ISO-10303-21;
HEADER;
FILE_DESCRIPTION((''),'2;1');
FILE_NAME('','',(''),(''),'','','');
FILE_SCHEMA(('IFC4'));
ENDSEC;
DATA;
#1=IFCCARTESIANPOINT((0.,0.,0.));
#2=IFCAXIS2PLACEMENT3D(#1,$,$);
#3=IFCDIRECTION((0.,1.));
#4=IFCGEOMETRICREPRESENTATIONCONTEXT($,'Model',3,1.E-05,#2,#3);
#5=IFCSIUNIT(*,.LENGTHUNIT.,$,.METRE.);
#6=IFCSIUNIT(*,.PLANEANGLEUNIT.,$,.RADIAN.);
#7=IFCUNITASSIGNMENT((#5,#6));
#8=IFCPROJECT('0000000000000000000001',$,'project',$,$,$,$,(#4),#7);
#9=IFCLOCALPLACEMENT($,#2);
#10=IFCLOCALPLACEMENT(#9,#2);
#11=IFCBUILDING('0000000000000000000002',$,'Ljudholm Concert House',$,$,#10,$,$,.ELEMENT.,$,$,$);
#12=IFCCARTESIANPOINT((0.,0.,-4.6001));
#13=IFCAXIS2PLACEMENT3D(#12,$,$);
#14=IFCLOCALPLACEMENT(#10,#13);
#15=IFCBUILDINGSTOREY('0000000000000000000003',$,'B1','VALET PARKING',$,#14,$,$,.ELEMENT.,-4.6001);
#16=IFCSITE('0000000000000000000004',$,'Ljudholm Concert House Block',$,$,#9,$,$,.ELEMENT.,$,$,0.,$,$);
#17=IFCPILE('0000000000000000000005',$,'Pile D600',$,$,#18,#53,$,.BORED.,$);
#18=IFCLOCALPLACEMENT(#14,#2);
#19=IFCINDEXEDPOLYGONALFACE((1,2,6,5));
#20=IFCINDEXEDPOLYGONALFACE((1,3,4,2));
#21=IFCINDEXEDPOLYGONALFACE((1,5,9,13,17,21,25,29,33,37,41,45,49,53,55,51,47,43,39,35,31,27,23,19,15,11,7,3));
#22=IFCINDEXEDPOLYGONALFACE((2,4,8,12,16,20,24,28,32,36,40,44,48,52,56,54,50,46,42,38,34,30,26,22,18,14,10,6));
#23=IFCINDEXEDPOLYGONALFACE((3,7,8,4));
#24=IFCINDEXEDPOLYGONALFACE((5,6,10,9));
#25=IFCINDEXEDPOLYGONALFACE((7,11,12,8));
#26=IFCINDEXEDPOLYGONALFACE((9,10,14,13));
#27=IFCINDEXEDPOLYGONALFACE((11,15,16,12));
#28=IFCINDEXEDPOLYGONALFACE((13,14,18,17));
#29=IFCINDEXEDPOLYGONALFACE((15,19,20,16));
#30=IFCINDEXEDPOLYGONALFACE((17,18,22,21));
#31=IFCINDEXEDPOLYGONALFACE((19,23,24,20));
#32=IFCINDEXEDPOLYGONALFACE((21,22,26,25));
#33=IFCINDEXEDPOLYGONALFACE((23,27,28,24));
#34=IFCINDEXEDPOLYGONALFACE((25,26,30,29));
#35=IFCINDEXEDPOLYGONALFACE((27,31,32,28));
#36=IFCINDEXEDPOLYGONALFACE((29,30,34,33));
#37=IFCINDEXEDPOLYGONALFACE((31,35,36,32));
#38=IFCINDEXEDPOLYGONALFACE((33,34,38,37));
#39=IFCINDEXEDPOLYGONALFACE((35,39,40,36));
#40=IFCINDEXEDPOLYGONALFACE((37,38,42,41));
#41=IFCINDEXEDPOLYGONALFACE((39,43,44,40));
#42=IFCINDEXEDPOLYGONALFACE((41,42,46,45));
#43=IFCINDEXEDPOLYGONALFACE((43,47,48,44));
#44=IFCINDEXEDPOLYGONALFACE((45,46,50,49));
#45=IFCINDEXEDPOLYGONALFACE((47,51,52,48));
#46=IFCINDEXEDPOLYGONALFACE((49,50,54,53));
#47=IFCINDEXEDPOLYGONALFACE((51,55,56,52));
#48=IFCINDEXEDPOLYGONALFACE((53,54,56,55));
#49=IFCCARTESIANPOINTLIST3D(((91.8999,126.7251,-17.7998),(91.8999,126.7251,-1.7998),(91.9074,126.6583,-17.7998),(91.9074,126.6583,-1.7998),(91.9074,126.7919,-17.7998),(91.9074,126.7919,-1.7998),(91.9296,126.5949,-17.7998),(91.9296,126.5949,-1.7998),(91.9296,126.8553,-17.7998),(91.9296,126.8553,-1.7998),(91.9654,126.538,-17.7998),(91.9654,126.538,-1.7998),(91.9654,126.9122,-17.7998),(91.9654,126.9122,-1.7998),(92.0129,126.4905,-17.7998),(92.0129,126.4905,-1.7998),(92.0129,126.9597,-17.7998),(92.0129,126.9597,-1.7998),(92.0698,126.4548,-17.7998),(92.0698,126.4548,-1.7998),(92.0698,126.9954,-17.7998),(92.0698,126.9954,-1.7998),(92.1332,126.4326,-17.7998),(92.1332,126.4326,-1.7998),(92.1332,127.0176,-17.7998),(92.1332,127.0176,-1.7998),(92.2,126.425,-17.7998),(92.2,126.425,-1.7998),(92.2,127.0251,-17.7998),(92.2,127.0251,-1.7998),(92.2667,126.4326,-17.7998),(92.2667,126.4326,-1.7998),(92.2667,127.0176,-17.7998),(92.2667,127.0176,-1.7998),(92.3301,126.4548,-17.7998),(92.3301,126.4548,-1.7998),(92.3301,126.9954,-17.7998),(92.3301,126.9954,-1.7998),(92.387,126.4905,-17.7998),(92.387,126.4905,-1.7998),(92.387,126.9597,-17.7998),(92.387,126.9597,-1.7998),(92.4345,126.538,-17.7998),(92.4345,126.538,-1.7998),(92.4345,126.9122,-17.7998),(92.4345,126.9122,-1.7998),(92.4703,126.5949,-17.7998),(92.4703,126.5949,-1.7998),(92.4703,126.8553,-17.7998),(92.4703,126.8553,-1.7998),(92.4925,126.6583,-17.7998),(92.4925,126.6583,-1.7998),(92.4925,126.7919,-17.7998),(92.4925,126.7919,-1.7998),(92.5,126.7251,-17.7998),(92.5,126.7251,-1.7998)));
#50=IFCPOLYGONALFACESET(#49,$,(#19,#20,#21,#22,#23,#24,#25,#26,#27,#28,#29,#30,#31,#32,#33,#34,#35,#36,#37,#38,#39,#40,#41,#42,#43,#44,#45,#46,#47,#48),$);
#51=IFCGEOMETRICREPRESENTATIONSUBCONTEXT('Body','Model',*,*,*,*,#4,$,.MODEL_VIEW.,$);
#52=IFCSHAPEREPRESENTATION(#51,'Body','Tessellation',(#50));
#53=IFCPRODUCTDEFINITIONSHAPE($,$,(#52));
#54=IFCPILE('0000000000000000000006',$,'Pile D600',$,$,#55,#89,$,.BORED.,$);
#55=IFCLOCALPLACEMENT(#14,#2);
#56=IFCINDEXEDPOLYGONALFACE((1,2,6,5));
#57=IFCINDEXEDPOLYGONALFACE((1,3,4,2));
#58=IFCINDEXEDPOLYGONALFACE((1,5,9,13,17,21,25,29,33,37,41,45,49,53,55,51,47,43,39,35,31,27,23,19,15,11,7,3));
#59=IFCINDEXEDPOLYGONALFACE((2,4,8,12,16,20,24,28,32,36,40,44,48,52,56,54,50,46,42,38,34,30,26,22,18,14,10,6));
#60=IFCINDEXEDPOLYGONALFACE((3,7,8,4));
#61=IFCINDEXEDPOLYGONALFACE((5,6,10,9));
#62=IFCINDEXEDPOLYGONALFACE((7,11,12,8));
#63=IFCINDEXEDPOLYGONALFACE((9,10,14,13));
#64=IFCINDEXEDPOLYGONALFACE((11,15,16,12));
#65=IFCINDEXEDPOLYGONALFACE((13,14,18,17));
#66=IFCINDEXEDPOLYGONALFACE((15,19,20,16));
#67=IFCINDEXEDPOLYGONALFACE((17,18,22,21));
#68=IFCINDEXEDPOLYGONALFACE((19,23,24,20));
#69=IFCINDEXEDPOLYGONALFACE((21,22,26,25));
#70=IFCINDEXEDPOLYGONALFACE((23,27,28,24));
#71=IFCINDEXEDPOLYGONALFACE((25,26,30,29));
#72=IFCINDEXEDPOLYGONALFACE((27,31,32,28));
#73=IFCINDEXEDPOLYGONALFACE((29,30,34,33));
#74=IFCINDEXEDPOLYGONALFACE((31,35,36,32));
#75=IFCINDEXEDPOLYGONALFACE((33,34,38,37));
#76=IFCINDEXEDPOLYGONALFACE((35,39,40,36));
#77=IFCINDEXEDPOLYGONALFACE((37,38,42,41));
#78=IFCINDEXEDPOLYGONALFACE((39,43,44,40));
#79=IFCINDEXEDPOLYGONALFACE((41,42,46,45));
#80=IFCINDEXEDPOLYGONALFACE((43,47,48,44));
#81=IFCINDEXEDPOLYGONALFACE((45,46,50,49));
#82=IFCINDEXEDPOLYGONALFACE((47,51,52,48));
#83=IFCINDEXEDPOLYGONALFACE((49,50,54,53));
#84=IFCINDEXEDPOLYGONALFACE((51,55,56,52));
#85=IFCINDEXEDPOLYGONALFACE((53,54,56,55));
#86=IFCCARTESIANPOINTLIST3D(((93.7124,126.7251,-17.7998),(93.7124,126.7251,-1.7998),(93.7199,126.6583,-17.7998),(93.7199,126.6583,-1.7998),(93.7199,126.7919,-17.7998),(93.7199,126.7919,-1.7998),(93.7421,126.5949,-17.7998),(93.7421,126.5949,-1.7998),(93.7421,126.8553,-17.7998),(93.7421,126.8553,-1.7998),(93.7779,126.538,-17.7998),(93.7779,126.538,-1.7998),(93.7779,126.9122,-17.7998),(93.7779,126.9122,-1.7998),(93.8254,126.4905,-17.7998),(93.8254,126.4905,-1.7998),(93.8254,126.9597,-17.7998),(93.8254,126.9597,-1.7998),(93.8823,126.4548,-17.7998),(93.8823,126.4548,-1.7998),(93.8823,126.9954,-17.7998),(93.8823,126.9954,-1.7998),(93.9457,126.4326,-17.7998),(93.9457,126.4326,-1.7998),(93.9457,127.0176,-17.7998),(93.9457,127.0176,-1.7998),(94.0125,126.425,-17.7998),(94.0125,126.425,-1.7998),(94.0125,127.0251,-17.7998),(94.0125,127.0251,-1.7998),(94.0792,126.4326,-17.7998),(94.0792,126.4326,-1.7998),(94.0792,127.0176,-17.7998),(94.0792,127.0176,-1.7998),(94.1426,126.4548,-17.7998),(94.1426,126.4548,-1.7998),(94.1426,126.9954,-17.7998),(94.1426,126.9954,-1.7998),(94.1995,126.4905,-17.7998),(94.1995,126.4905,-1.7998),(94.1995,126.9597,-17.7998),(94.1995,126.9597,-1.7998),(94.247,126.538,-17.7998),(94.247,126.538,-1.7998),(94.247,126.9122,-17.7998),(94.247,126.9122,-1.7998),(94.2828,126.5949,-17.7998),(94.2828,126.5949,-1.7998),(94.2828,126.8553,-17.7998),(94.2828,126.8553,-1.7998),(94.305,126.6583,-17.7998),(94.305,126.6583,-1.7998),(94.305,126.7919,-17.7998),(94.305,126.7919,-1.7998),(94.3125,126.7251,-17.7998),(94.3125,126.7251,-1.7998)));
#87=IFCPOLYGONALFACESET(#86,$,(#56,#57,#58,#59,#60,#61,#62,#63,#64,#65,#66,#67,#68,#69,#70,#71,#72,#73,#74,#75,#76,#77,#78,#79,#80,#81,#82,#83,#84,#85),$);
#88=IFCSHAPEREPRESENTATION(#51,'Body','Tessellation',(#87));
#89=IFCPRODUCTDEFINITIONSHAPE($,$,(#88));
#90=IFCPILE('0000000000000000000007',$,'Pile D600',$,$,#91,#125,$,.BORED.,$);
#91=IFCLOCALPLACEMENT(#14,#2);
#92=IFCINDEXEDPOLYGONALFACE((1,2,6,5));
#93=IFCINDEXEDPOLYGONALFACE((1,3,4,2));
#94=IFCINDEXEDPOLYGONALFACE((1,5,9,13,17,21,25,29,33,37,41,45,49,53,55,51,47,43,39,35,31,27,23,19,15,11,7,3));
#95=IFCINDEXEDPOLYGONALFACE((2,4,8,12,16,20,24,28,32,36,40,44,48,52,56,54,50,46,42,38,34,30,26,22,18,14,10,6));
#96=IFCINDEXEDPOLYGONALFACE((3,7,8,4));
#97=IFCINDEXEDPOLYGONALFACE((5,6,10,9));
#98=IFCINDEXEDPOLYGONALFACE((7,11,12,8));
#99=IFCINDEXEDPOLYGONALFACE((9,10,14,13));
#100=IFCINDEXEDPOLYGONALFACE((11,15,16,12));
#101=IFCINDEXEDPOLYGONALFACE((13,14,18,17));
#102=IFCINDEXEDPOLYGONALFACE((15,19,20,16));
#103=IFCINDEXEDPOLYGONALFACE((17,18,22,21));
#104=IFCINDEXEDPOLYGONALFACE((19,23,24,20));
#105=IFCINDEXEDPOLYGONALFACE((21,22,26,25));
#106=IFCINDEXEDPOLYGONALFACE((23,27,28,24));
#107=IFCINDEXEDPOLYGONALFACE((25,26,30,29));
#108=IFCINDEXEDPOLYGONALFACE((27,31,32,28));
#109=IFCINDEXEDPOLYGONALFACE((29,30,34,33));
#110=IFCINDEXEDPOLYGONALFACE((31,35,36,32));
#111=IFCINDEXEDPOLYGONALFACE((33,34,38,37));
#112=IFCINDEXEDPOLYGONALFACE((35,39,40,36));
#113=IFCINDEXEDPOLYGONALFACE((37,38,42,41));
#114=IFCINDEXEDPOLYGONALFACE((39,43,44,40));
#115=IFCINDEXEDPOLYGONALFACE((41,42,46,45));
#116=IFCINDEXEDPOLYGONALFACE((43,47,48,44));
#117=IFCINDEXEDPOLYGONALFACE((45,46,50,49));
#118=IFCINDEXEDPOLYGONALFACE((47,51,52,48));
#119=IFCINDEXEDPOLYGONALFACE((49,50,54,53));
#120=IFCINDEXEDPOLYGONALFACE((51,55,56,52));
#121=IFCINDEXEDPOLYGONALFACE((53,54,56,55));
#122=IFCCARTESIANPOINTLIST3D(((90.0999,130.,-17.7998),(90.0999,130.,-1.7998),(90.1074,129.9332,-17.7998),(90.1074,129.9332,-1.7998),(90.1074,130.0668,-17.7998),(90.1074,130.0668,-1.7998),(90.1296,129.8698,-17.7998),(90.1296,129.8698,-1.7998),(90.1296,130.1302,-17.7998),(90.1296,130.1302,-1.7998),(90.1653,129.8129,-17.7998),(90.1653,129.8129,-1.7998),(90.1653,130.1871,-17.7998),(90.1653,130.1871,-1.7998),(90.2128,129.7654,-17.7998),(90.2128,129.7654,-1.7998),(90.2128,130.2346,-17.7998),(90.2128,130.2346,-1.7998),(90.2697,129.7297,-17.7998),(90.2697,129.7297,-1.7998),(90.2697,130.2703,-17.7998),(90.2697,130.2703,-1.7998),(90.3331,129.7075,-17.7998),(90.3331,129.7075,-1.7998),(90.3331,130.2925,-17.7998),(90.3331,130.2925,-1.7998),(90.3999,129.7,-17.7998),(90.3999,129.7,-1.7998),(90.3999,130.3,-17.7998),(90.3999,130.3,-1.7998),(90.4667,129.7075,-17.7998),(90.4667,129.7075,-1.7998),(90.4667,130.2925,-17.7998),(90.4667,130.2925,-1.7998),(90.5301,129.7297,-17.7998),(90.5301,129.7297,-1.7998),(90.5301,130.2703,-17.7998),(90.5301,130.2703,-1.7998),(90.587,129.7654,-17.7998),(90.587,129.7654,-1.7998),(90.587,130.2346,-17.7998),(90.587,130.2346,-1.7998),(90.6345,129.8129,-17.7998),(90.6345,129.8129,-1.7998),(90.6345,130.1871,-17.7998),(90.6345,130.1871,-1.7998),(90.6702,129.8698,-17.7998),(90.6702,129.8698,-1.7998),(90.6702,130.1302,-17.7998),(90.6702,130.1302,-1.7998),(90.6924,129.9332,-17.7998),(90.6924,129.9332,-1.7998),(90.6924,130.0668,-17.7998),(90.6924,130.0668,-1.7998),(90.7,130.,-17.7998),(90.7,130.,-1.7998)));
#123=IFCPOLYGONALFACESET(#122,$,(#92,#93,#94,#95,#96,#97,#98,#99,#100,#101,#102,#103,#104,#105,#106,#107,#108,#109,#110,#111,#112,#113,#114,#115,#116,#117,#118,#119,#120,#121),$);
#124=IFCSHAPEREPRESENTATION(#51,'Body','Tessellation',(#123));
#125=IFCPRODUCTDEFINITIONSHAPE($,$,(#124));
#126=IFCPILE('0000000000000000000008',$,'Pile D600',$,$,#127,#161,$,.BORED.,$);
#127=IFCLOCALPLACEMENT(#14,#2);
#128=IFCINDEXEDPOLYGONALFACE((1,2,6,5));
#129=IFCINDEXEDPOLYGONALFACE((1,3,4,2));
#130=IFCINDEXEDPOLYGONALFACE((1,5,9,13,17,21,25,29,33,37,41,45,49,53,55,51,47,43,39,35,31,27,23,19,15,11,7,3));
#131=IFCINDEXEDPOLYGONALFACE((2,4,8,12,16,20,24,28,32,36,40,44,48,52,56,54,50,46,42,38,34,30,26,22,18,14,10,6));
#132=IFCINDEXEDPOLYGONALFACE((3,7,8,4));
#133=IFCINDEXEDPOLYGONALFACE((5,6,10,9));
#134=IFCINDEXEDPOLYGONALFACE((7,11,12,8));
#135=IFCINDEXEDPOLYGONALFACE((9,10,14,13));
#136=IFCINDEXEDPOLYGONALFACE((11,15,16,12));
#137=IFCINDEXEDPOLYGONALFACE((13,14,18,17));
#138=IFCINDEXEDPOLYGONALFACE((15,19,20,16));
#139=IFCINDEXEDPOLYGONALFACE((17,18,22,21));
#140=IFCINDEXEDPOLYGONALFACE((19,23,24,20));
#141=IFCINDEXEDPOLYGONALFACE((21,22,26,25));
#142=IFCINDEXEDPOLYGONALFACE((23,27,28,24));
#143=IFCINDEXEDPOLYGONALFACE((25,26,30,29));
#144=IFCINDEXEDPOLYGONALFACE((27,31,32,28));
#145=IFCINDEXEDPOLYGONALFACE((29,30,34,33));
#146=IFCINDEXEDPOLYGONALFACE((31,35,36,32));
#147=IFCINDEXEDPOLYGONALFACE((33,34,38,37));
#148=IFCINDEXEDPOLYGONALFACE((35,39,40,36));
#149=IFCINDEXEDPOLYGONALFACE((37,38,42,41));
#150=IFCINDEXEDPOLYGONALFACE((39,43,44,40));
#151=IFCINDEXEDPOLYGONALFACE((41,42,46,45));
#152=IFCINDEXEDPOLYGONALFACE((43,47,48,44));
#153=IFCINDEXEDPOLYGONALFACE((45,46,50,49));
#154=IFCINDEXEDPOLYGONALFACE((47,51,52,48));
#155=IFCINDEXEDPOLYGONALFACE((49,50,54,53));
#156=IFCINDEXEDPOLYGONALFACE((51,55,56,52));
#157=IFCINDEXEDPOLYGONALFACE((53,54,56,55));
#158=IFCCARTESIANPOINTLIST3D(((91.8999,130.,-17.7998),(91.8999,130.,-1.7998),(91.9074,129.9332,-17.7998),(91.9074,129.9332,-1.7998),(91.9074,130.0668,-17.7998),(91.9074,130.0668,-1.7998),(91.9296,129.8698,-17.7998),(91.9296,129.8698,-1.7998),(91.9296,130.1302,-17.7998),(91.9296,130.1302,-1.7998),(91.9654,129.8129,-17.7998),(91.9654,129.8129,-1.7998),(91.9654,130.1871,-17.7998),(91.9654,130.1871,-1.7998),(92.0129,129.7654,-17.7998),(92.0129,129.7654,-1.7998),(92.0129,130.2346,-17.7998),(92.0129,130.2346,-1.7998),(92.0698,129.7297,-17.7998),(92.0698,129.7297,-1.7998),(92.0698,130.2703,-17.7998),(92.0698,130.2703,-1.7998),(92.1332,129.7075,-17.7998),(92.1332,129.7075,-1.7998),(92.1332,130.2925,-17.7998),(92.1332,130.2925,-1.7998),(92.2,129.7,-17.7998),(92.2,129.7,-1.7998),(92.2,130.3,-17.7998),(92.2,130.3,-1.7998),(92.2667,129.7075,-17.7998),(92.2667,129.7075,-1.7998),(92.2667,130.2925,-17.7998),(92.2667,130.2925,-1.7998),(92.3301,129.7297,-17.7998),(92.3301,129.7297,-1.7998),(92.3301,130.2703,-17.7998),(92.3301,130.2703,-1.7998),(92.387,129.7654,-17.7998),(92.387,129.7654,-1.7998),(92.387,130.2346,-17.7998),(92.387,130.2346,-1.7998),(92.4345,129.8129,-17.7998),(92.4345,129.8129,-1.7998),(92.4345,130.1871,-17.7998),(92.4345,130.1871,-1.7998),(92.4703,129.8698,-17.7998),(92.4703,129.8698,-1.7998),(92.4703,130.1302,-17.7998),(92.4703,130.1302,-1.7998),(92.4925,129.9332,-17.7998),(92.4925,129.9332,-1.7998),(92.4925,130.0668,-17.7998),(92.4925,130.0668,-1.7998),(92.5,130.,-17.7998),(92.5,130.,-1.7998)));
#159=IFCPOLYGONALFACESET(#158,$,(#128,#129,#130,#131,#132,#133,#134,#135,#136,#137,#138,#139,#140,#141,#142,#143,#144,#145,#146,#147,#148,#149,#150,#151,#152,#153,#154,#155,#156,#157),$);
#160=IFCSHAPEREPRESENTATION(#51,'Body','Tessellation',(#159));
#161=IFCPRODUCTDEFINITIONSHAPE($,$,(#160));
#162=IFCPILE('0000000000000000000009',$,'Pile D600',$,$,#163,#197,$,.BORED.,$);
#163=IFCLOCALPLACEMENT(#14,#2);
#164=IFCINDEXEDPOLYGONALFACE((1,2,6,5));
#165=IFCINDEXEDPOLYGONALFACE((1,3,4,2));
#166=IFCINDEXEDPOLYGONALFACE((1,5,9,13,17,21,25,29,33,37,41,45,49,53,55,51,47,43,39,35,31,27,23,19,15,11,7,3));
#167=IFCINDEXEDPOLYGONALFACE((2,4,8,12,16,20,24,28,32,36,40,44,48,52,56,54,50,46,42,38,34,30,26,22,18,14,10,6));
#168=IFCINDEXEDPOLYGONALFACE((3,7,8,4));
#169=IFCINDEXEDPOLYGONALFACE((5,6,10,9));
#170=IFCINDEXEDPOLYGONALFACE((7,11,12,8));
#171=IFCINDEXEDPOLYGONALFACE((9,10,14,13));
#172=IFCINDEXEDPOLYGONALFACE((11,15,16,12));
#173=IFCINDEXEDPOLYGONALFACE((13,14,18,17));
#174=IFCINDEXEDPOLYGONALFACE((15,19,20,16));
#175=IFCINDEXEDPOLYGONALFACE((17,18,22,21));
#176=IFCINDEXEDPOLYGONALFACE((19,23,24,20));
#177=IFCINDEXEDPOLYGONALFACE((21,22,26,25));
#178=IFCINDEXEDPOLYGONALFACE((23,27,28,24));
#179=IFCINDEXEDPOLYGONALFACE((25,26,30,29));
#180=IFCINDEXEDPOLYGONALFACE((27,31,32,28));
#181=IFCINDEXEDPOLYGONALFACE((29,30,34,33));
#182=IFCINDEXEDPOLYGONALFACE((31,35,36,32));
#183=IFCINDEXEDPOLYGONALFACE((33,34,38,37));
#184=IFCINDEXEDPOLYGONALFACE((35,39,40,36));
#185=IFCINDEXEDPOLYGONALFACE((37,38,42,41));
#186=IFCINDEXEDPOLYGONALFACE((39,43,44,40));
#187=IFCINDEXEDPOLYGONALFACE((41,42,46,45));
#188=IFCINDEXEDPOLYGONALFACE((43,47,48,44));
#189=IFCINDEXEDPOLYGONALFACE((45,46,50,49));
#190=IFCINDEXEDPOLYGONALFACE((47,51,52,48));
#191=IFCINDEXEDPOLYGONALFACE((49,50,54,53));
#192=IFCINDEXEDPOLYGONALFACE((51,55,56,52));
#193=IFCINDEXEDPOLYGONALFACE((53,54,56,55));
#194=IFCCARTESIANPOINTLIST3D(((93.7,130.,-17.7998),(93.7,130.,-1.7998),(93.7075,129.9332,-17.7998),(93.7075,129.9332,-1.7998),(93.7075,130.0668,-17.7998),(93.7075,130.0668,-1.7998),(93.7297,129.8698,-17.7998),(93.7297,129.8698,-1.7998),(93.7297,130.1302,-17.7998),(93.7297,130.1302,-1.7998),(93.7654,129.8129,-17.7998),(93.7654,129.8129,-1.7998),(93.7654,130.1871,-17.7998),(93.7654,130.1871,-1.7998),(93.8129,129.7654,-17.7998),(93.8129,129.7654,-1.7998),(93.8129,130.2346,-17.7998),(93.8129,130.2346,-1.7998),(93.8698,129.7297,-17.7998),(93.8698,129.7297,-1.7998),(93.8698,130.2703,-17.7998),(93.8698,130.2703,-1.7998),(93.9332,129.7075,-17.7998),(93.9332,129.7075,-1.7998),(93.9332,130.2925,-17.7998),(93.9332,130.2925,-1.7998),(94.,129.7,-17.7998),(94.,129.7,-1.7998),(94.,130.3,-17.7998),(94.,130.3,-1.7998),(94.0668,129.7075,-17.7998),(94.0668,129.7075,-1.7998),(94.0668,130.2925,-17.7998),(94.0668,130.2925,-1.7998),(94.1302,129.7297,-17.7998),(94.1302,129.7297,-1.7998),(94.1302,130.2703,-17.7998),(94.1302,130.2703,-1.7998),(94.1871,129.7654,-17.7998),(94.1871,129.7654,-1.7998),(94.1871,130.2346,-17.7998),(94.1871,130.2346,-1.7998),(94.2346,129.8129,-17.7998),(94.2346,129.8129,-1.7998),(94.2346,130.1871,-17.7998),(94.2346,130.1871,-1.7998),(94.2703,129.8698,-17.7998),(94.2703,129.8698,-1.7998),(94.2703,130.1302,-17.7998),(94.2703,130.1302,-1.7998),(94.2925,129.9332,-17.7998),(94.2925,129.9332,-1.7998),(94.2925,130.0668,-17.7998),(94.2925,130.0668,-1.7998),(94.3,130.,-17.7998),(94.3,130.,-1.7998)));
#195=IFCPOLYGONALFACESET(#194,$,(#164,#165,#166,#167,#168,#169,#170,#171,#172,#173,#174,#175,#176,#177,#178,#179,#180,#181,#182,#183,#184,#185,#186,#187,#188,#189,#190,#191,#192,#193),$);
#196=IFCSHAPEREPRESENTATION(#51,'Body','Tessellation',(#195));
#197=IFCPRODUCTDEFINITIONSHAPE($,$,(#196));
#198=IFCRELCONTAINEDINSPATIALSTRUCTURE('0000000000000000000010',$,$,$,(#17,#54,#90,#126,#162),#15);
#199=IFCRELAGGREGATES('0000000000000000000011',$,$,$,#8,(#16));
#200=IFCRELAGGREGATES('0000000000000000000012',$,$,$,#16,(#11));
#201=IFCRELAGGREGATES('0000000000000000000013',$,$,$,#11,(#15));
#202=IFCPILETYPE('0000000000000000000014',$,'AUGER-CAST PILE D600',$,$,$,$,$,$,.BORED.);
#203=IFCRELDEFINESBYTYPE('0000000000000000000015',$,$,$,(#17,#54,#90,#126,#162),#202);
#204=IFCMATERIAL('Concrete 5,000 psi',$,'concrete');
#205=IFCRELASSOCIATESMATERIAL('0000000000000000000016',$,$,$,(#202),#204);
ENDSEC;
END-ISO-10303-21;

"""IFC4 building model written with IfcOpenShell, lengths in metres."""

from ifc_helpers import new_model, si_unit, direction, frame, origin, origin_2d, place, context, subcontext, project, spatial, circle, extrude, material, material_profile, profile_set, type_object, element, save


model = new_model("IFC4")

# Units and contexts
model_context = context("Model", 3, precision=1e-05, world=origin(), true_north=direction((0.0, 1.0)))
body_context = subcontext(model_context, "Body", "Model", "MODEL_VIEW")
ifc_project = project(units=[si_unit("LENGTHUNIT", "METRE"), si_unit("PLANEANGLEUNIT", "RADIAN")], contexts=[model_context])

# Site, building, storey
site_placement = place(None, origin())
site = spatial("IfcSite", under=ifc_project, at=site_placement, Name="Ljudholm Concert House Block", CompositionType="ELEMENT", RefElevation=0.0)
building_placement = place(site_placement, origin())
building = spatial("IfcBuilding", under=site, at=building_placement, Name="Ljudholm Concert House", CompositionType="ELEMENT")
storey_placement = place(building_placement, frame((0.0, 0.0, -4.6001)))
storey = spatial("IfcBuildingStorey", under=building, at=storey_placement, Name="B1", Description="VALET PARKING", CompositionType="ELEMENT", Elevation=-4.6001)

# Piles
ifc_material_1 = material(Name="Concrete 5,000 psi", Category="concrete")
ifc_material_profile_1 = material_profile(ifc_material_1, circle(Radius=0.3, at=origin_2d()), Name="AUGER-CAST PILE D600")
ifc_profile_set_1 = profile_set([ifc_material_profile_1], Name="Concrete 5,000 psi")
pile_type = type_object("IfcPileType", Name="AUGER-CAST PILE D600", PredefinedType="BORED", material=ifc_profile_set_1)
for number, where, z_axis, x_axis, name in (
    (1, (92.2, 126.7251, -1.7998), (0.0, 0.0, -1.0), (1.0, 0.0, 0.0), "Pile D600"),
    (2, (94.0125, 126.7251, -1.7998), (0.0, 0.0, -1.0), (1.0, 0.0, 0.0), "Pile D600"),
    (3, (90.3999, 130.0, -1.7998), (0.0, 0.0, -1.0), (1.0, 0.0, 0.0), "Pile D600"),
    (4, (92.2, 130.0, -1.7998), (0.0, 0.0, -1.0), (1.0, 0.0, 0.0), "Pile D600"),
    (5, (94.0, 130.0, -1.7998), (0.0, 0.0, -1.0), (1.0, 0.0, 0.0), "Pile D600"),
):
    element("IfcPile", number, at=place(storey_placement, frame(where, z_axis=z_axis, x_axis=x_axis)), inside=storey, type_object=pile_type, Name=name, PredefinedType="BORED", context=body_context, shape_type="SweptSolid", body=[
        extrude(circle(Radius=0.3, at=origin_2d()), origin(), (0.0, 0.0, 1.0), 16.0),
    ])

save(model, "model.ifc")
